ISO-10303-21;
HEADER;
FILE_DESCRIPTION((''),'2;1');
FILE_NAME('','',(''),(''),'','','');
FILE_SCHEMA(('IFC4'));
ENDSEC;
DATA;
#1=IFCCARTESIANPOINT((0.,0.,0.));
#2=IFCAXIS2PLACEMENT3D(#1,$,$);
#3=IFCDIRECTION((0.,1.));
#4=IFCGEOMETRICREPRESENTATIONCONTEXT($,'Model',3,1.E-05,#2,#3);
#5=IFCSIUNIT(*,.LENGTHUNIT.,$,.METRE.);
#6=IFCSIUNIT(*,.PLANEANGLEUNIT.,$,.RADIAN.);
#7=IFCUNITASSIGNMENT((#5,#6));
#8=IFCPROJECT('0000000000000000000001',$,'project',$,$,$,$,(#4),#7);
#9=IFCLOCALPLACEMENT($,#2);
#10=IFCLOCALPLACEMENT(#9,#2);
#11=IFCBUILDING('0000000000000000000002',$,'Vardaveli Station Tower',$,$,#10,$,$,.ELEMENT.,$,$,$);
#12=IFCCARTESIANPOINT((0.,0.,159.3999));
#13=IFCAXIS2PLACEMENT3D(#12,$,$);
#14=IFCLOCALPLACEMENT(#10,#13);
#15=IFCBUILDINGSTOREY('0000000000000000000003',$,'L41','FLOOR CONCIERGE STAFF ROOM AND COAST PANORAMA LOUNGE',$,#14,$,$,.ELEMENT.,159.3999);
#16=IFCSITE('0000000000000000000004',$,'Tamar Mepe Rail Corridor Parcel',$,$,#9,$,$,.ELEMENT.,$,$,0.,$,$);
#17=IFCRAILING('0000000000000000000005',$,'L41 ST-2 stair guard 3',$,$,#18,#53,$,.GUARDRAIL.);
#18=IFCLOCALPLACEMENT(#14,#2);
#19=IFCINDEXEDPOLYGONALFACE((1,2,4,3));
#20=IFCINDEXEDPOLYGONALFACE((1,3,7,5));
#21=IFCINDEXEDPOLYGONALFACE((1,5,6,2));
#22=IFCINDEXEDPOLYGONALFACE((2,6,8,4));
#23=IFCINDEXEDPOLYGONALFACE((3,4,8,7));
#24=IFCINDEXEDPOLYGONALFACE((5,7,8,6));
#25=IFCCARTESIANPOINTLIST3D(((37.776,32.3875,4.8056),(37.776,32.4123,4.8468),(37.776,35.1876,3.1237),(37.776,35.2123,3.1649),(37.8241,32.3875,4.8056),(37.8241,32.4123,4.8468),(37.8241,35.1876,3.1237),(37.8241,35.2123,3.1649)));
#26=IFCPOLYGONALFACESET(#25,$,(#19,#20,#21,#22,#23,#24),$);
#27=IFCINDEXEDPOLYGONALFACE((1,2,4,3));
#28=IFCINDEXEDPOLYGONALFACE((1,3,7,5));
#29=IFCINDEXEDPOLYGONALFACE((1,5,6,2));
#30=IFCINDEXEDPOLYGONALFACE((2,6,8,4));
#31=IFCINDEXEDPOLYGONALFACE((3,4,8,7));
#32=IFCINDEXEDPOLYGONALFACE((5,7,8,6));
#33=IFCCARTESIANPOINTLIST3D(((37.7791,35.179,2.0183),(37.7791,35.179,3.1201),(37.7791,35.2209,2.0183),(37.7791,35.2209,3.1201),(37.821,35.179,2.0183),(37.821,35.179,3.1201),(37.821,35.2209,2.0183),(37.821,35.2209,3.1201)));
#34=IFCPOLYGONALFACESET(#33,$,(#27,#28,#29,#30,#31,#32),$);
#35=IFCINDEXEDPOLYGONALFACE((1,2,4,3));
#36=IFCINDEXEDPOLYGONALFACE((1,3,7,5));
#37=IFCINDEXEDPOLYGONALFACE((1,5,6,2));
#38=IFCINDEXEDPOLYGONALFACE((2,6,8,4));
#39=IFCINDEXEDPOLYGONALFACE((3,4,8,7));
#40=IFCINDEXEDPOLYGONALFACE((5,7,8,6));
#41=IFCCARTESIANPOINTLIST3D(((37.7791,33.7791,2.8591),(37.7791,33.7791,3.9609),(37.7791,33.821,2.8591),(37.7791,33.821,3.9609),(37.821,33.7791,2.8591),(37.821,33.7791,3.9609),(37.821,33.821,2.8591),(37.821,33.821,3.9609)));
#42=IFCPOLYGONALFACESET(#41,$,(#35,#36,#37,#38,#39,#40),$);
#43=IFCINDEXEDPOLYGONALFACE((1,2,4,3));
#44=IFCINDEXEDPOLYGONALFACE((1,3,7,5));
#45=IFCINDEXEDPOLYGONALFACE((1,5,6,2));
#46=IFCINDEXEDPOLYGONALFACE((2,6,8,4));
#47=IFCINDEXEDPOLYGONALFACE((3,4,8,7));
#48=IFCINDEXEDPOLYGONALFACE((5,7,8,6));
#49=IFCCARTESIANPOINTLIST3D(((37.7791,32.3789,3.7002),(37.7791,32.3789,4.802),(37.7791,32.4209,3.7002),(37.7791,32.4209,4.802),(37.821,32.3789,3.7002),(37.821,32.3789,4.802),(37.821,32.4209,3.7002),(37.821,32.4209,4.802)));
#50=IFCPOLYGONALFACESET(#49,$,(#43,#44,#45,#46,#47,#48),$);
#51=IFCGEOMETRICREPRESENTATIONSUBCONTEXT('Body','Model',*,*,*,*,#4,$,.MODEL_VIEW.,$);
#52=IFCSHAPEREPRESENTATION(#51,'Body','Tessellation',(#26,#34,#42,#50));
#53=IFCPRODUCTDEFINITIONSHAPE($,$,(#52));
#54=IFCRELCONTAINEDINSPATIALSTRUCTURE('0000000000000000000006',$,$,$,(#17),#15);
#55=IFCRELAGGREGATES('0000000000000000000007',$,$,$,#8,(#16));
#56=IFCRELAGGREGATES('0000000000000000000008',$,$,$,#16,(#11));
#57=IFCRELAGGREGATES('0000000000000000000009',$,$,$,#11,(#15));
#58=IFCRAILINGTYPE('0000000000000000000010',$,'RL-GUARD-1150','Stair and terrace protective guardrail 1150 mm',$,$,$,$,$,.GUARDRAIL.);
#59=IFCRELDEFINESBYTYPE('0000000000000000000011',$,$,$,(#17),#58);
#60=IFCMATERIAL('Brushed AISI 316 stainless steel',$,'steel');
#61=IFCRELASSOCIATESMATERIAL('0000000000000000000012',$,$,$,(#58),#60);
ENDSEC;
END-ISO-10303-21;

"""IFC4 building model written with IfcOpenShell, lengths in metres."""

from ifc_helpers import new_model, si_unit, direction, frame, origin, origin_2d, place, context, subcontext, project, spatial, rectangle, extrude, source, transform, mapped, material, type_object, element, save


model = new_model("IFC4")

# Units and contexts
model_context = context("Model", 3, precision=1e-05, world=origin(), true_north=direction((0.0, 1.0)))
body_context = subcontext(model_context, "Body", "Model", "MODEL_VIEW")
ifc_project = project(units=[si_unit("LENGTHUNIT", "METRE"), si_unit("PLANEANGLEUNIT", "RADIAN")], contexts=[model_context])

# Site, building, storey
site_placement = place(None, origin())
site = spatial("IfcSite", under=ifc_project, at=site_placement, Name="Tamar Mepe Rail Corridor Parcel", CompositionType="ELEMENT", RefElevation=0.0)
building_placement = place(site_placement, origin())
building = spatial("IfcBuilding", under=site, at=building_placement, Name="Vardaveli Station Tower", CompositionType="ELEMENT")
storey_placement = place(building_placement, frame((0.0, 0.0, 159.3999)))
storey = spatial("IfcBuildingStorey", under=building, at=storey_placement, Name="L41", Description="FLOOR CONCIERGE STAFF ROOM AND COAST PANORAMA LOUNGE", CompositionType="ELEMENT", Elevation=159.3999)

# Railing
ifc_material_1 = material(Name="Brushed AISI 316 stainless steel", Category="steel")
railing_type = type_object("IfcRailingType", Name="RL-GUARD-1150", Description="Stair and terrace protective guardrail 1150 mm", PredefinedType="GUARDRAIL", material=ifc_material_1)
shared_shape_1 = source(origin(), body_context, "Body", "SweptSolid", [
    extrude(rectangle(XDim=0.0481, YDim=0.0481, at=origin_2d()), frame((0.0, 0.0, 1.126), z_axis=(0.0, -0.857242, 0.514913), x_axis=(1.0, 0.0, 0.0)), (0.0, 0.0, 1.0), 3.2664),
    extrude(rectangle(XDim=0.042, YDim=0.042, at=origin_2d()), origin(), (0.0, 0.0, 1.0), 1.1018),
    extrude(rectangle(XDim=0.042, YDim=0.042, at=origin_2d()), frame((0.0, -1.3999, 0.8408)), (0.0, 0.0, 1.0), 1.1018),
    extrude(rectangle(XDim=0.042, YDim=0.042, at=origin_2d()), frame((0.0, -2.8, 1.6819)), (0.0, 0.0, 1.0), 1.1018),
])
railing_1_placement = place(storey_placement, frame((37.8, 35.2, 2.0183)))
element("IfcRailing", 1, at=railing_1_placement, inside=storey, type_object=railing_type, Name="L41 ST-2 stair guard 3", PredefinedType="GUARDRAIL", context=body_context, shape_type="MappedRepresentation", body=[
    mapped(shared_shape_1, transform((0.0, 0.0, 0.0), scale=1.0)),
])

save(model, "model.ifc")
